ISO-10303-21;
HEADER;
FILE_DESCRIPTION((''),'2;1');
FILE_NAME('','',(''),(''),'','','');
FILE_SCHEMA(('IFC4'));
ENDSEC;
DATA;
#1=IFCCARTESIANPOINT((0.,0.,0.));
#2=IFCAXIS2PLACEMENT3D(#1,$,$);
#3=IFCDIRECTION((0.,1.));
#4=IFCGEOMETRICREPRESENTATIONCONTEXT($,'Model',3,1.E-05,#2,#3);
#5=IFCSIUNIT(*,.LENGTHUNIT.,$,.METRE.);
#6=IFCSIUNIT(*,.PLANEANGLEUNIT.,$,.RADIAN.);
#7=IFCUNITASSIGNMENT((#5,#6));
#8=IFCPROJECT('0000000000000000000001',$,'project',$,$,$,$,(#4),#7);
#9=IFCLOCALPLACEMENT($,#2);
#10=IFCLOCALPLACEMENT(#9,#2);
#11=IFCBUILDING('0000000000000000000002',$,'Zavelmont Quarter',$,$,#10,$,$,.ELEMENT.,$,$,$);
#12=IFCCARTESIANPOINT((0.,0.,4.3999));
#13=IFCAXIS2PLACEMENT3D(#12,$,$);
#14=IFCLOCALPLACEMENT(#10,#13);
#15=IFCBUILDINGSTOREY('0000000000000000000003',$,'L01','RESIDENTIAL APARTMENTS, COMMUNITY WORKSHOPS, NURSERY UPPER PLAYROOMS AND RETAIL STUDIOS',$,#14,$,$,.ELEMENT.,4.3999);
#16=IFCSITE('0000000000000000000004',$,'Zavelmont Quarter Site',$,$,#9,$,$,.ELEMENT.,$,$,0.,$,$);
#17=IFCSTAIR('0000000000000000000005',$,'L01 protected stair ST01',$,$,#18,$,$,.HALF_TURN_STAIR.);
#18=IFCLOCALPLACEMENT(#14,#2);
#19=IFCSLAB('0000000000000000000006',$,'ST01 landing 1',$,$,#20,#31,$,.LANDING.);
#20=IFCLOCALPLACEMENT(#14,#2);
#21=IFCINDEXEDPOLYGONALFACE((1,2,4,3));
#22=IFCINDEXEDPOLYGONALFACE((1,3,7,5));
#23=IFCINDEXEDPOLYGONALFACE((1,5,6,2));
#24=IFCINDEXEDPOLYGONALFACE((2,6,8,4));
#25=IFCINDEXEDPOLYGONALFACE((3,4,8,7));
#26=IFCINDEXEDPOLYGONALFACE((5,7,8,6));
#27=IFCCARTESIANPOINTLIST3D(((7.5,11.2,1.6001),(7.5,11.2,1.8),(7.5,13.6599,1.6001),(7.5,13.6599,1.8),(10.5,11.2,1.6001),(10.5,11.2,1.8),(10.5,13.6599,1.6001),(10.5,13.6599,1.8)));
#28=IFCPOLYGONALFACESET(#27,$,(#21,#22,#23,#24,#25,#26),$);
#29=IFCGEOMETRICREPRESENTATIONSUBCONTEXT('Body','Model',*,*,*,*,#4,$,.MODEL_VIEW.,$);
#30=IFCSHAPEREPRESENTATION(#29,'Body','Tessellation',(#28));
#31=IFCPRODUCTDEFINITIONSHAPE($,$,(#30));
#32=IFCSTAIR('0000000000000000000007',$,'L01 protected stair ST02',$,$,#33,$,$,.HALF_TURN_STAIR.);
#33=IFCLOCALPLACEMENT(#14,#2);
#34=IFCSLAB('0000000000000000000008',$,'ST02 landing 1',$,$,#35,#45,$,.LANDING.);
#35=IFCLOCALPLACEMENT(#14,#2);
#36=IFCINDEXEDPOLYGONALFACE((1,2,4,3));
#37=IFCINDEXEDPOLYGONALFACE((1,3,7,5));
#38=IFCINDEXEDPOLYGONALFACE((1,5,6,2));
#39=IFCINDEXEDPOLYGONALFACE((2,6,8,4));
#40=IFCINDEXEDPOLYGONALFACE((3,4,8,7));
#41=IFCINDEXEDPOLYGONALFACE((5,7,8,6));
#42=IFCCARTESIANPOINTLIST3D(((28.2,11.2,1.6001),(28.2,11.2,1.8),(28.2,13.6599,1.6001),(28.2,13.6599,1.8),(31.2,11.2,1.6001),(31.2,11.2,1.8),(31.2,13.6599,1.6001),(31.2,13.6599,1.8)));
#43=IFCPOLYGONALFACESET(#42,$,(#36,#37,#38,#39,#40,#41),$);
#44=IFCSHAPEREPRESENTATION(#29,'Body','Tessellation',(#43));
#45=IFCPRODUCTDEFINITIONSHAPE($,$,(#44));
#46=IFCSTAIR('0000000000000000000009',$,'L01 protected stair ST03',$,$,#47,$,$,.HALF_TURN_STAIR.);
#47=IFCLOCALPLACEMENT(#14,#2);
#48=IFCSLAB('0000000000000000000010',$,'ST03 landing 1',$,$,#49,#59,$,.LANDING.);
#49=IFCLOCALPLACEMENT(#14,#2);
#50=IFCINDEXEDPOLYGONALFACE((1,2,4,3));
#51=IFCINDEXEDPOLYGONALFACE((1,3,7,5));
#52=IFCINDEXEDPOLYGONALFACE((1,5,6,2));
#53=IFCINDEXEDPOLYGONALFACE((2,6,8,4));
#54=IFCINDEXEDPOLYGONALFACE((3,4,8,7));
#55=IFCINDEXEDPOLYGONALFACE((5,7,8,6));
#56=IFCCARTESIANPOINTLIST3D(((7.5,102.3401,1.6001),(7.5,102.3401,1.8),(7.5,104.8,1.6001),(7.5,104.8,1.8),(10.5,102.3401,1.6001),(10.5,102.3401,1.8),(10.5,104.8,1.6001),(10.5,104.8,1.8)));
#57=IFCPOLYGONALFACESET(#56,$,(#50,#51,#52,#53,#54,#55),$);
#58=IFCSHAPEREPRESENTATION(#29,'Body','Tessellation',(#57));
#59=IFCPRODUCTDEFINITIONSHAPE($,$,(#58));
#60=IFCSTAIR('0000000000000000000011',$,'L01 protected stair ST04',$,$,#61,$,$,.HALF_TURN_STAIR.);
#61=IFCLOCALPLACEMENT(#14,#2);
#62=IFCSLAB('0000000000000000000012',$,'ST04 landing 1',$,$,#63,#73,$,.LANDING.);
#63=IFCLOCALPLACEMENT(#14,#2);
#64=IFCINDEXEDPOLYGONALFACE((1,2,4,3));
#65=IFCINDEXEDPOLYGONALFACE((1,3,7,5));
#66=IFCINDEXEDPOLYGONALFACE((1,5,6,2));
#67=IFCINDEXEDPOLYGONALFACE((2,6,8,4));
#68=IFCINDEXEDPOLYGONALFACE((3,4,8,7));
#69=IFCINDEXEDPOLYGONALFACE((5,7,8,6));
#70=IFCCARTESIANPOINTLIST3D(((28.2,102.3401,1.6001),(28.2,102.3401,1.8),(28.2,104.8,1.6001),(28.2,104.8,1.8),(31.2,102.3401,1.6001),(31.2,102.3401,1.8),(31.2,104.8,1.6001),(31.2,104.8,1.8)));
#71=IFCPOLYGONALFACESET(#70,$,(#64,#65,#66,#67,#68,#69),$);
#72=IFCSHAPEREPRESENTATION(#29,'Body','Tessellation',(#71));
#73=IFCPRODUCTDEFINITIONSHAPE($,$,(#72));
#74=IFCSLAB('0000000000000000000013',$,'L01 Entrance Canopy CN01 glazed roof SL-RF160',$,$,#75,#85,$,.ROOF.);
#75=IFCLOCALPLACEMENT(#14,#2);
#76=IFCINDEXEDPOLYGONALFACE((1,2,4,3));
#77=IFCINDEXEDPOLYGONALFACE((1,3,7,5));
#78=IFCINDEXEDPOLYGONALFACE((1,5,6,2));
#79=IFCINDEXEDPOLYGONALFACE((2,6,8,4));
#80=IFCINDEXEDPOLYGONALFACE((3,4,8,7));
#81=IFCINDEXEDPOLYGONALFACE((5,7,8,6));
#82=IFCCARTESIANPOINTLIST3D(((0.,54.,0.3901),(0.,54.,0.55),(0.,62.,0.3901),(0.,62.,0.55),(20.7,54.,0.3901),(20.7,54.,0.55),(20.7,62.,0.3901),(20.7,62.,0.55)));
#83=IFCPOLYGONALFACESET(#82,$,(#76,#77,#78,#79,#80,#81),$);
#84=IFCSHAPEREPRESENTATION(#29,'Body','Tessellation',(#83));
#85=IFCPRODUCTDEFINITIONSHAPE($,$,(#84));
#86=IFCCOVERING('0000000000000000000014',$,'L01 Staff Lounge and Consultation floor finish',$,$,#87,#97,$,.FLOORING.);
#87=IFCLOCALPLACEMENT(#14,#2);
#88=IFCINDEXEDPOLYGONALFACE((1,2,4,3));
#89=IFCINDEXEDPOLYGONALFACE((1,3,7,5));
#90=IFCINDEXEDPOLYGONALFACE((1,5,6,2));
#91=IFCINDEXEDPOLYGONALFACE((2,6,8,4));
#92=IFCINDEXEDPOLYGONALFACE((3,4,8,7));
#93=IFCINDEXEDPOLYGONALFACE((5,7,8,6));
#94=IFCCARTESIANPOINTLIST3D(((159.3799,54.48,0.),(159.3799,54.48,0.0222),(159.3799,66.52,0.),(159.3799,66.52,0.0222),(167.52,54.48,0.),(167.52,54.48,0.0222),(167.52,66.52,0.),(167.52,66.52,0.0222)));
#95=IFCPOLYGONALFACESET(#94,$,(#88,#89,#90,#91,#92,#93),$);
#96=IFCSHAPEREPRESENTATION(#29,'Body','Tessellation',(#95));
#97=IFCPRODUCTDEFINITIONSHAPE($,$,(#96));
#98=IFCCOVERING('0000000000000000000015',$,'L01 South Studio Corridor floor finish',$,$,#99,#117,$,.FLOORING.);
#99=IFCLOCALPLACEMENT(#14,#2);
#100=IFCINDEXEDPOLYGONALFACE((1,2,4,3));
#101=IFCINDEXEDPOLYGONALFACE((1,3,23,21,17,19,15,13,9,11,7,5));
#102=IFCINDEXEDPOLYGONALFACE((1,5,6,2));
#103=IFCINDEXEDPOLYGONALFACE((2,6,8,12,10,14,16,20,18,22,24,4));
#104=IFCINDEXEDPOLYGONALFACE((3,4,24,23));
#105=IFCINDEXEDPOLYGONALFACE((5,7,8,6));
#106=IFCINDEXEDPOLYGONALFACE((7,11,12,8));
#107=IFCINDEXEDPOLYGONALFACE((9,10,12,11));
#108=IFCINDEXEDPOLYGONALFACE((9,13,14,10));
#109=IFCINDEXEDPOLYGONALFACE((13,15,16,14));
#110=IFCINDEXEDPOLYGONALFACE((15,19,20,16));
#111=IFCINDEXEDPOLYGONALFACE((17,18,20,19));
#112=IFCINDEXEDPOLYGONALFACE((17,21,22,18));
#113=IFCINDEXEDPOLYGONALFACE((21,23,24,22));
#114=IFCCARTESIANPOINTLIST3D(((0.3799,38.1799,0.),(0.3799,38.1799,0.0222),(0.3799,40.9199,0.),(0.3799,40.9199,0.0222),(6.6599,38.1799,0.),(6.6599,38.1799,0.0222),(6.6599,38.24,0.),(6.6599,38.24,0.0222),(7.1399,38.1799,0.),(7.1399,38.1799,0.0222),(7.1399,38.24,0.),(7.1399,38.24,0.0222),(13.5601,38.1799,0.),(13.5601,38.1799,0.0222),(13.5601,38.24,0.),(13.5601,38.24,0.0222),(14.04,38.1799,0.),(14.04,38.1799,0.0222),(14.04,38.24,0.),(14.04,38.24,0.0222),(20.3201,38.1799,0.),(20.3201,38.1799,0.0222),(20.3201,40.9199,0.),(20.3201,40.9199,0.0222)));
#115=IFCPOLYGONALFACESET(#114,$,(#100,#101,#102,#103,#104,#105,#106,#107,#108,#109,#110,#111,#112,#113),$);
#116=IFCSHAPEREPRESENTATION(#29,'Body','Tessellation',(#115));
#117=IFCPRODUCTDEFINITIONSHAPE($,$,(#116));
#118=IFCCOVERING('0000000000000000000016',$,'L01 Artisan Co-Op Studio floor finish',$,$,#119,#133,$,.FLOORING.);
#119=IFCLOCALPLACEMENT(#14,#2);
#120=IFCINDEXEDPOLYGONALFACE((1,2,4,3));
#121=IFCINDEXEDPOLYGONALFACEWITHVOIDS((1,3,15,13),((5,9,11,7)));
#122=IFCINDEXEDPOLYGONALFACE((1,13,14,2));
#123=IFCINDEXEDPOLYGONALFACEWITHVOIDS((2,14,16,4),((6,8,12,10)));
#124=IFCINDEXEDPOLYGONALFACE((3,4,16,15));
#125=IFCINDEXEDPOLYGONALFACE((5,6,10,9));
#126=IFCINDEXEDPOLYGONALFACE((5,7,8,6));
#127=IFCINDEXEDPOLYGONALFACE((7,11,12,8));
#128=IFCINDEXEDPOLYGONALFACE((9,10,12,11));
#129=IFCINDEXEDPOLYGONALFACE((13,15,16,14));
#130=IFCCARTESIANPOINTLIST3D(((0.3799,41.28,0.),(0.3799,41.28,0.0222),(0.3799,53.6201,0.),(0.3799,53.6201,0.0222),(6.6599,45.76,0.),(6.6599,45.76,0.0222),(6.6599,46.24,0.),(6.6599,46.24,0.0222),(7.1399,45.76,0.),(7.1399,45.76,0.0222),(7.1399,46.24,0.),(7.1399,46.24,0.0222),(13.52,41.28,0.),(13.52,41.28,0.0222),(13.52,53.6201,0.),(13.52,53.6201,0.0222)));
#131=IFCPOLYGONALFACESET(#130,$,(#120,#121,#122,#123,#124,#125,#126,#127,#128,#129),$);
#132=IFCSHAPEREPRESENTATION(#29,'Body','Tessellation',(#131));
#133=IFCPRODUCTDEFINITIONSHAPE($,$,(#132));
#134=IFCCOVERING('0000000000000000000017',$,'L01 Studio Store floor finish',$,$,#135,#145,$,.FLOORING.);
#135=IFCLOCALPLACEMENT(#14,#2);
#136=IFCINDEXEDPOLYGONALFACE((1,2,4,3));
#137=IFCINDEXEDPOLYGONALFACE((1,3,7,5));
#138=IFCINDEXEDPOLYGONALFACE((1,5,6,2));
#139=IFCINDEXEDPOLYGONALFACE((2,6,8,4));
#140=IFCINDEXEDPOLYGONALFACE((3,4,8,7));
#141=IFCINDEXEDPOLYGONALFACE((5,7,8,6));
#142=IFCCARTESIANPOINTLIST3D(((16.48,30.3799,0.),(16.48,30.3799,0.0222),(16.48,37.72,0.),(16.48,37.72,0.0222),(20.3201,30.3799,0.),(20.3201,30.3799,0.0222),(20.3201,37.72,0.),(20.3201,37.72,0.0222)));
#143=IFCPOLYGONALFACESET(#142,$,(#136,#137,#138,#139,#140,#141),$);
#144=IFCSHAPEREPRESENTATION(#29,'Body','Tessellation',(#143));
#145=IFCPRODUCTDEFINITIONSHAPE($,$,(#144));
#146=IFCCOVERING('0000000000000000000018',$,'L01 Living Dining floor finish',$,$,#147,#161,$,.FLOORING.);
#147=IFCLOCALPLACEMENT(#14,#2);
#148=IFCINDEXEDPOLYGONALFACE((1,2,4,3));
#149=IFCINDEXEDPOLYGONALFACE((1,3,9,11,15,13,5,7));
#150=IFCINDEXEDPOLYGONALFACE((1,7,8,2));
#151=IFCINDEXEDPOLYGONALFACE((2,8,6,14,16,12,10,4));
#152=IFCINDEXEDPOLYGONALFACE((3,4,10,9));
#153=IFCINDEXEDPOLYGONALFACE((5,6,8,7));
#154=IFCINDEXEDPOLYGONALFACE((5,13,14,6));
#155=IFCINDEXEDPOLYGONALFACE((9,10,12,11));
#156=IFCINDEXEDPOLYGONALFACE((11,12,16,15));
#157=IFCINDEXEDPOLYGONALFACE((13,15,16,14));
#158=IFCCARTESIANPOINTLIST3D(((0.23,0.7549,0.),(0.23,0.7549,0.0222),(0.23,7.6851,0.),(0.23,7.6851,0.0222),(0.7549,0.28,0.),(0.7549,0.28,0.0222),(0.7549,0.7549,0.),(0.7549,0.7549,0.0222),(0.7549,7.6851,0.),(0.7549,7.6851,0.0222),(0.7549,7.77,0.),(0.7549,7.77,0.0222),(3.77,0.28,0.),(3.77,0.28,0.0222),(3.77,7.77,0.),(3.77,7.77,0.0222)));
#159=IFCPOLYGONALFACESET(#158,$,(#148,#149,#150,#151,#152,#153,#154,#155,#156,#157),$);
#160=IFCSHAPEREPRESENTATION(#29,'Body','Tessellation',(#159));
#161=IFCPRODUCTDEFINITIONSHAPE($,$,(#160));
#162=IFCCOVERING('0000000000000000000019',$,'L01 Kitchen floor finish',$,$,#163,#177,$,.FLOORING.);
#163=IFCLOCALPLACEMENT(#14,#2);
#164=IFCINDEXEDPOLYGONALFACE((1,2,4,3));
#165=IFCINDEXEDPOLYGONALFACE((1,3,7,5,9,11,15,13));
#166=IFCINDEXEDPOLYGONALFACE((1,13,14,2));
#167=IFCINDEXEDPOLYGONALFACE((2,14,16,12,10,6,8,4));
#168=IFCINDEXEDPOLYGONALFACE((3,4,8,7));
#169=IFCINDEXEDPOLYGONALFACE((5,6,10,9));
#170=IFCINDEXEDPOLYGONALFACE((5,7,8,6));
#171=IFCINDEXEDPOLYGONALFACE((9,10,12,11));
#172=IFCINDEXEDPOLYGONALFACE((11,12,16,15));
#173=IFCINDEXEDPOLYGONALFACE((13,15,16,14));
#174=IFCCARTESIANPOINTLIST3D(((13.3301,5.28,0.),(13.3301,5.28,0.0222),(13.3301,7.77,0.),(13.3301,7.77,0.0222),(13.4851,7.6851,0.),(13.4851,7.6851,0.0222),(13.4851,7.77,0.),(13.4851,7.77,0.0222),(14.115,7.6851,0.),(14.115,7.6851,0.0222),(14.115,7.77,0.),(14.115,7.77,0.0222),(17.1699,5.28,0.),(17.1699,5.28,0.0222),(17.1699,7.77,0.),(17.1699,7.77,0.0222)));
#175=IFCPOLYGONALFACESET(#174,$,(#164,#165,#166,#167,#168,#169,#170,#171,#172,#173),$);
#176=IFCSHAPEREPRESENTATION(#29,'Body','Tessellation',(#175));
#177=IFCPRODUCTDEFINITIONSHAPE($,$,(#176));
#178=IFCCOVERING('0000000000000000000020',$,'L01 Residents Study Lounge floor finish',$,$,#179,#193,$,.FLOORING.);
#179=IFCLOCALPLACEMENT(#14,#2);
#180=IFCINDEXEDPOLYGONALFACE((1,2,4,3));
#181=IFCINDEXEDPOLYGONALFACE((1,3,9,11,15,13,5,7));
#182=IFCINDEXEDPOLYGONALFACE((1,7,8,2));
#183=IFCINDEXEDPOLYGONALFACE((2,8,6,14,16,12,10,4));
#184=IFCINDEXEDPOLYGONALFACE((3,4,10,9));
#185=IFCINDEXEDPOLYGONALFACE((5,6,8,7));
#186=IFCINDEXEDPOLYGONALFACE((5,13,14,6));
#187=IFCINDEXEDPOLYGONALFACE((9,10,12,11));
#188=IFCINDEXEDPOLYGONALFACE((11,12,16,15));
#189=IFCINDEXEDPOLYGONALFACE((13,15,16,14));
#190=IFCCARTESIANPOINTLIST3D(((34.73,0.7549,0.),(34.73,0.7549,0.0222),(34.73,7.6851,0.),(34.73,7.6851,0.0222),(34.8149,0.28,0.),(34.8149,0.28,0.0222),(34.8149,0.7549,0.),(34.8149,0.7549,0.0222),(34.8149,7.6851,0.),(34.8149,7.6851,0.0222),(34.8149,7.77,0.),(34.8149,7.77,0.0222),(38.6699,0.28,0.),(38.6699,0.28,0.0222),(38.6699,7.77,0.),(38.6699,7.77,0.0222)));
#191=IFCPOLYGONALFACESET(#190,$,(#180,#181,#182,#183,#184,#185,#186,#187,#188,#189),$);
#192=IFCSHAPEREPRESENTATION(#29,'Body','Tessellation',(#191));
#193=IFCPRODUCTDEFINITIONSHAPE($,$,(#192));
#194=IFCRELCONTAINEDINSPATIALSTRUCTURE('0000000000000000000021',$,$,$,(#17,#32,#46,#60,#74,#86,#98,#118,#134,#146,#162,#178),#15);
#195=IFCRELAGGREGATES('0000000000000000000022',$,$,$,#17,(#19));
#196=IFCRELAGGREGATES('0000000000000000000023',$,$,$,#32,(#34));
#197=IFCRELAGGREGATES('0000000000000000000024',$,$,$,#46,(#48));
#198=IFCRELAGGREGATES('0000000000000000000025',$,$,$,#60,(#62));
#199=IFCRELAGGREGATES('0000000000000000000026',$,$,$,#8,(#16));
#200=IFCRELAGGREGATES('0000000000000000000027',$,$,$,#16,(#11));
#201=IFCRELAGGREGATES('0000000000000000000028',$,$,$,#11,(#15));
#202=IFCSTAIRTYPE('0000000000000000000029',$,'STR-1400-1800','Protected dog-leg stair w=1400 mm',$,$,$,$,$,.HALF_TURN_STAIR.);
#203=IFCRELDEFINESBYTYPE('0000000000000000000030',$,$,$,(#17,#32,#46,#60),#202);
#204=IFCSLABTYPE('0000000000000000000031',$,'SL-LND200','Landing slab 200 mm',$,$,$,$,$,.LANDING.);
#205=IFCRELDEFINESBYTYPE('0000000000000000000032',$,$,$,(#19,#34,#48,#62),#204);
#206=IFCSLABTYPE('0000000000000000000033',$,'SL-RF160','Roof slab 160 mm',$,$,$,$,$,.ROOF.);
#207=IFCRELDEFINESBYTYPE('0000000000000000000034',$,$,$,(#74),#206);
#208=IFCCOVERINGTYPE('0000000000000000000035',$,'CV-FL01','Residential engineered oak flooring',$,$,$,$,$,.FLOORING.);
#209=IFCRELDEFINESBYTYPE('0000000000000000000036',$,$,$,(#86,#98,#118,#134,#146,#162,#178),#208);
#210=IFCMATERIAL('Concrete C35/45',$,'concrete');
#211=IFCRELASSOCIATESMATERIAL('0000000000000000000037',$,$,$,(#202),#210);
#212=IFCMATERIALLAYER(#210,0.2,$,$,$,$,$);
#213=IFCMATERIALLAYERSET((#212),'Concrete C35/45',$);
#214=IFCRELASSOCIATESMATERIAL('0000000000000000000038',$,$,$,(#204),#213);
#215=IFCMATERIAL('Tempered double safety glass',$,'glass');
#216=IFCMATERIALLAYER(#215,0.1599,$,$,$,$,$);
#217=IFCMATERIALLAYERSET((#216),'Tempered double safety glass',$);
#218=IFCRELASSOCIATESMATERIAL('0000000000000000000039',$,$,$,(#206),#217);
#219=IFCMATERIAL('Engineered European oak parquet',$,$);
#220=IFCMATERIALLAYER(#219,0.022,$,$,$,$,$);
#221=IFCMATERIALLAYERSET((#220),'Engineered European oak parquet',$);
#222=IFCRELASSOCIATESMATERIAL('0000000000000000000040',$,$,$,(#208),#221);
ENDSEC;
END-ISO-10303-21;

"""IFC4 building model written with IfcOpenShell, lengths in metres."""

from ifc_helpers import new_model, si_unit, direction, frame, origin, place, context, subcontext, project, spatial, polyline, outline, extrude, material, layer, layer_set, type_object, element, aggregate, save


model = new_model("IFC4")

# Units and contexts
model_context = context("Model", 3, precision=1e-05, world=origin(), true_north=direction((0.0, 1.0)))
body_context = subcontext(model_context, "Body", "Model", "MODEL_VIEW")
ifc_project = project(units=[si_unit("LENGTHUNIT", "METRE"), si_unit("PLANEANGLEUNIT", "RADIAN")], contexts=[model_context])

# Site, building, storey
site_placement = place(None, origin())
site = spatial("IfcSite", under=ifc_project, at=site_placement, Name="Zavelmont Quarter Site", CompositionType="ELEMENT", RefElevation=0.0)
building_placement = place(site_placement, origin())
building = spatial("IfcBuilding", under=site, at=building_placement, Name="Zavelmont Quarter", CompositionType="ELEMENT")
storey_placement = place(building_placement, frame((0.0, 0.0, 4.3999)))
storey = spatial("IfcBuildingStorey", under=building, at=storey_placement, Name="L01", Description="RESIDENTIAL APARTMENTS, COMMUNITY WORKSHOPS, NURSERY UPPER PLAYROOMS AND RETAIL STUDIOS", CompositionType="ELEMENT", Elevation=4.3999)

# Stairs, slabs
ifc_material_1 = material(Name="Concrete C35/45", Category="concrete")
stair_type = type_object("IfcStairType", Name="STR-1400-1800", Description="Protected dog-leg stair w=1400 mm", PredefinedType="HALF_TURN_STAIR", material=ifc_material_1)
stair_1_placement = place(storey_placement, origin())
stair_1 = element("IfcStair", 1, at=stair_1_placement, inside=storey, type_object=stair_type, Name="L01 protected stair ST01", PredefinedType="HALF_TURN_STAIR")
ifc_layer_1 = layer(ifc_material_1, 0.2)
ifc_layer_set_1 = layer_set([ifc_layer_1], Name="Concrete C35/45")
slab_type_1 = type_object("IfcSlabType", Name="SL-LND200", Description="Landing slab 200 mm", PredefinedType="LANDING", material=ifc_layer_set_1)
slab_1_placement = place(storey_placement, frame((0.0, 0.0, 1.6001)))
slab_1 = element("IfcSlab", 2, at=slab_1_placement, type_object=slab_type_1, Name="ST01 landing 1", PredefinedType="LANDING", context=body_context, shape_type="SweptSolid", body=[
    extrude(outline(polyline([(7.5, 13.6599), (7.5, 11.2), (10.5, 11.2), (10.5, 13.6599), (7.5, 13.6599)])), origin(), (0.0, 0.0, 1.0), 0.2),
])
aggregate(stair_1, [slab_1])
stair_2_placement = place(storey_placement, origin())
stair_2 = element("IfcStair", 3, at=stair_2_placement, inside=storey, type_object=stair_type, Name="L01 protected stair ST02", PredefinedType="HALF_TURN_STAIR")
slab_2_placement = place(storey_placement, frame((0.0, 0.0, 1.6001)))
slab_2 = element("IfcSlab", 4, at=slab_2_placement, type_object=slab_type_1, Name="ST02 landing 1", PredefinedType="LANDING", context=body_context, shape_type="SweptSolid", body=[
    extrude(outline(polyline([(28.2, 13.6599), (28.2, 11.2), (31.2, 11.2), (31.2, 13.6599), (28.2, 13.6599)])), origin(), (0.0, 0.0, 1.0), 0.2),
])
aggregate(stair_2, [slab_2])
stair_3_placement = place(storey_placement, origin())
stair_3 = element("IfcStair", 5, at=stair_3_placement, inside=storey, type_object=stair_type, Name="L01 protected stair ST03", PredefinedType="HALF_TURN_STAIR")
slab_3_placement = place(storey_placement, frame((0.0, 0.0, 1.6001)))
slab_3 = element("IfcSlab", 6, at=slab_3_placement, type_object=slab_type_1, Name="ST03 landing 1", PredefinedType="LANDING", context=body_context, shape_type="SweptSolid", body=[
    extrude(outline(polyline([(10.5, 102.3401), (10.5, 104.8), (7.5, 104.8), (7.5, 102.3401), (10.5, 102.3401)])), origin(), (0.0, 0.0, 1.0), 0.2),
])
aggregate(stair_3, [slab_3])
stair_4_placement = place(storey_placement, origin())
stair_4 = element("IfcStair", 7, at=stair_4_placement, inside=storey, type_object=stair_type, Name="L01 protected stair ST04", PredefinedType="HALF_TURN_STAIR")
slab_4_placement = place(storey_placement, frame((0.0, 0.0, 1.6001)))
slab_4 = element("IfcSlab", 8, at=slab_4_placement, type_object=slab_type_1, Name="ST04 landing 1", PredefinedType="LANDING", context=body_context, shape_type="SweptSolid", body=[
    extrude(outline(polyline([(31.2, 102.3401), (31.2, 104.8), (28.2, 104.8), (28.2, 102.3401), (31.2, 102.3401)])), origin(), (0.0, 0.0, 1.0), 0.2),
])
aggregate(stair_4, [slab_4])

# Slab
ifc_material_2 = material(Name="Tempered double safety glass", Category="glass")
ifc_layer_2 = layer(ifc_material_2, 0.1599)
ifc_layer_set_2 = layer_set([ifc_layer_2], Name="Tempered double safety glass")
slab_type_2 = type_object("IfcSlabType", Name="SL-RF160", Description="Roof slab 160 mm", PredefinedType="ROOF", material=ifc_layer_set_2)
slab_5_placement = place(storey_placement, frame((0.0, 0.0, 0.3901)))
element("IfcSlab", 9, at=slab_5_placement, inside=storey, type_object=slab_type_2, Name="L01 Entrance Canopy CN01 glazed roof SL-RF160", PredefinedType="ROOF", context=body_context, shape_type="SweptSolid", body=[
    extrude(outline(polyline([(0.0, 54.0), (20.7, 54.0), (20.7, 62.0), (0.0, 62.0), (0.0, 54.0)])), origin(), (0.0, 0.0, 1.0), 0.1599),
])

# Coverings
ifc_material_3 = material(Name="Engineered European oak parquet")
ifc_layer_3 = layer(ifc_material_3, 0.022)
ifc_layer_set_3 = layer_set([ifc_layer_3], Name="Engineered European oak parquet")
covering_type_1 = type_object("IfcCoveringType", Name="CV-FL01", Description="Residential engineered oak flooring", PredefinedType="FLOORING", material=ifc_layer_set_3)
covering_1_placement = place(storey_placement, origin())
element("IfcCovering", 10, at=covering_1_placement, inside=storey, type_object=covering_type_1, Name="L01 Staff Lounge and Consultation floor finish", PredefinedType="FLOORING", context=body_context, shape_type="SweptSolid", body=[
    extrude(outline(polyline([(159.3799, 66.52), (167.52, 66.52), (167.52, 54.48), (159.3799, 54.48), (159.3799, 66.52)])), origin(), (0.0, 0.0, 1.0), 0.0222),
])
covering_2_placement = place(storey_placement, origin())
element("IfcCovering", 11, at=covering_2_placement, inside=storey, type_object=covering_type_1, Name="L01 South Studio Corridor floor finish", PredefinedType="FLOORING", context=body_context, shape_type="SweptSolid", body=[
    extrude(outline(polyline([(0.3799, 40.9199), (20.3201, 40.9199), (20.3201, 38.1799), (14.04, 38.1799), (14.04, 38.24), (13.5601, 38.24), (13.5601, 38.1799), (7.1399, 38.1799), (7.1399, 38.24), (6.6599, 38.24), (6.6599, 38.1799), (0.3799, 38.1799), (0.3799, 40.9199)])), origin(), (0.0, 0.0, 1.0), 0.0222),
])
covering_3_placement = place(storey_placement, origin())
element("IfcCovering", 12, at=covering_3_placement, inside=storey, type_object=covering_type_1, Name="L01 Artisan Co-Op Studio floor finish", PredefinedType="FLOORING", context=body_context, shape_type="SweptSolid", body=[
    extrude(outline(polyline([(0.3799, 53.6201), (13.52, 53.6201), (13.52, 41.28), (0.3799, 41.28), (0.3799, 53.6201)]), holes=[polyline([(7.1399, 46.24), (6.6599, 46.24), (6.6599, 45.76), (7.1399, 45.76), (7.1399, 46.24)])]), origin(), (0.0, 0.0, 1.0), 0.0222),
])
covering_4_placement = place(storey_placement, origin())
element("IfcCovering", 13, at=covering_4_placement, inside=storey, type_object=covering_type_1, Name="L01 Studio Store floor finish", PredefinedType="FLOORING", context=body_context, shape_type="SweptSolid", body=[
    extrude(outline(polyline([(16.48, 37.72), (20.3201, 37.72), (20.3201, 30.3799), (16.48, 30.3799), (16.48, 37.72)])), origin(), (0.0, 0.0, 1.0), 0.0222),
])
covering_5_placement = place(storey_placement, origin())
element("IfcCovering", 14, at=covering_5_placement, inside=storey, type_object=covering_type_1, Name="L01 Living Dining floor finish", PredefinedType="FLOORING", context=body_context, shape_type="SweptSolid", body=[
    extrude(outline(polyline([(0.23, 7.6851), (0.7549, 7.6851), (0.7549, 7.77), (3.77, 7.77), (3.77, 0.28), (0.7549, 0.28), (0.7549, 0.7549), (0.23, 0.7549), (0.23, 7.6851)])), origin(), (0.0, 0.0, 1.0), 0.0222),
])
covering_6_placement = place(storey_placement, origin())
element("IfcCovering", 15, at=covering_6_placement, inside=storey, type_object=covering_type_1, Name="L01 Kitchen floor finish", PredefinedType="FLOORING", context=body_context, shape_type="SweptSolid", body=[
    extrude(outline(polyline([(13.3301, 7.77), (13.4851, 7.77), (13.4851, 7.6851), (14.115, 7.6851), (14.115, 7.77), (17.1699, 7.77), (17.1699, 5.28), (13.3301, 5.28), (13.3301, 7.77)])), origin(), (0.0, 0.0, 1.0), 0.0222),
])
covering_7_placement = place(storey_placement, origin())
element("IfcCovering", 16, at=covering_7_placement, inside=storey, type_object=covering_type_1, Name="L01 Residents Study Lounge floor finish", PredefinedType="FLOORING", context=body_context, shape_type="SweptSolid", body=[
    extrude(outline(polyline([(34.73, 7.6851), (34.8149, 7.6851), (34.8149, 7.77), (38.6699, 7.77), (38.6699, 0.28), (34.8149, 0.28), (34.8149, 0.7549), (34.73, 0.7549), (34.73, 7.6851)])), origin(), (0.0, 0.0, 1.0), 0.0222),
])

save(model, "model.ifc")
